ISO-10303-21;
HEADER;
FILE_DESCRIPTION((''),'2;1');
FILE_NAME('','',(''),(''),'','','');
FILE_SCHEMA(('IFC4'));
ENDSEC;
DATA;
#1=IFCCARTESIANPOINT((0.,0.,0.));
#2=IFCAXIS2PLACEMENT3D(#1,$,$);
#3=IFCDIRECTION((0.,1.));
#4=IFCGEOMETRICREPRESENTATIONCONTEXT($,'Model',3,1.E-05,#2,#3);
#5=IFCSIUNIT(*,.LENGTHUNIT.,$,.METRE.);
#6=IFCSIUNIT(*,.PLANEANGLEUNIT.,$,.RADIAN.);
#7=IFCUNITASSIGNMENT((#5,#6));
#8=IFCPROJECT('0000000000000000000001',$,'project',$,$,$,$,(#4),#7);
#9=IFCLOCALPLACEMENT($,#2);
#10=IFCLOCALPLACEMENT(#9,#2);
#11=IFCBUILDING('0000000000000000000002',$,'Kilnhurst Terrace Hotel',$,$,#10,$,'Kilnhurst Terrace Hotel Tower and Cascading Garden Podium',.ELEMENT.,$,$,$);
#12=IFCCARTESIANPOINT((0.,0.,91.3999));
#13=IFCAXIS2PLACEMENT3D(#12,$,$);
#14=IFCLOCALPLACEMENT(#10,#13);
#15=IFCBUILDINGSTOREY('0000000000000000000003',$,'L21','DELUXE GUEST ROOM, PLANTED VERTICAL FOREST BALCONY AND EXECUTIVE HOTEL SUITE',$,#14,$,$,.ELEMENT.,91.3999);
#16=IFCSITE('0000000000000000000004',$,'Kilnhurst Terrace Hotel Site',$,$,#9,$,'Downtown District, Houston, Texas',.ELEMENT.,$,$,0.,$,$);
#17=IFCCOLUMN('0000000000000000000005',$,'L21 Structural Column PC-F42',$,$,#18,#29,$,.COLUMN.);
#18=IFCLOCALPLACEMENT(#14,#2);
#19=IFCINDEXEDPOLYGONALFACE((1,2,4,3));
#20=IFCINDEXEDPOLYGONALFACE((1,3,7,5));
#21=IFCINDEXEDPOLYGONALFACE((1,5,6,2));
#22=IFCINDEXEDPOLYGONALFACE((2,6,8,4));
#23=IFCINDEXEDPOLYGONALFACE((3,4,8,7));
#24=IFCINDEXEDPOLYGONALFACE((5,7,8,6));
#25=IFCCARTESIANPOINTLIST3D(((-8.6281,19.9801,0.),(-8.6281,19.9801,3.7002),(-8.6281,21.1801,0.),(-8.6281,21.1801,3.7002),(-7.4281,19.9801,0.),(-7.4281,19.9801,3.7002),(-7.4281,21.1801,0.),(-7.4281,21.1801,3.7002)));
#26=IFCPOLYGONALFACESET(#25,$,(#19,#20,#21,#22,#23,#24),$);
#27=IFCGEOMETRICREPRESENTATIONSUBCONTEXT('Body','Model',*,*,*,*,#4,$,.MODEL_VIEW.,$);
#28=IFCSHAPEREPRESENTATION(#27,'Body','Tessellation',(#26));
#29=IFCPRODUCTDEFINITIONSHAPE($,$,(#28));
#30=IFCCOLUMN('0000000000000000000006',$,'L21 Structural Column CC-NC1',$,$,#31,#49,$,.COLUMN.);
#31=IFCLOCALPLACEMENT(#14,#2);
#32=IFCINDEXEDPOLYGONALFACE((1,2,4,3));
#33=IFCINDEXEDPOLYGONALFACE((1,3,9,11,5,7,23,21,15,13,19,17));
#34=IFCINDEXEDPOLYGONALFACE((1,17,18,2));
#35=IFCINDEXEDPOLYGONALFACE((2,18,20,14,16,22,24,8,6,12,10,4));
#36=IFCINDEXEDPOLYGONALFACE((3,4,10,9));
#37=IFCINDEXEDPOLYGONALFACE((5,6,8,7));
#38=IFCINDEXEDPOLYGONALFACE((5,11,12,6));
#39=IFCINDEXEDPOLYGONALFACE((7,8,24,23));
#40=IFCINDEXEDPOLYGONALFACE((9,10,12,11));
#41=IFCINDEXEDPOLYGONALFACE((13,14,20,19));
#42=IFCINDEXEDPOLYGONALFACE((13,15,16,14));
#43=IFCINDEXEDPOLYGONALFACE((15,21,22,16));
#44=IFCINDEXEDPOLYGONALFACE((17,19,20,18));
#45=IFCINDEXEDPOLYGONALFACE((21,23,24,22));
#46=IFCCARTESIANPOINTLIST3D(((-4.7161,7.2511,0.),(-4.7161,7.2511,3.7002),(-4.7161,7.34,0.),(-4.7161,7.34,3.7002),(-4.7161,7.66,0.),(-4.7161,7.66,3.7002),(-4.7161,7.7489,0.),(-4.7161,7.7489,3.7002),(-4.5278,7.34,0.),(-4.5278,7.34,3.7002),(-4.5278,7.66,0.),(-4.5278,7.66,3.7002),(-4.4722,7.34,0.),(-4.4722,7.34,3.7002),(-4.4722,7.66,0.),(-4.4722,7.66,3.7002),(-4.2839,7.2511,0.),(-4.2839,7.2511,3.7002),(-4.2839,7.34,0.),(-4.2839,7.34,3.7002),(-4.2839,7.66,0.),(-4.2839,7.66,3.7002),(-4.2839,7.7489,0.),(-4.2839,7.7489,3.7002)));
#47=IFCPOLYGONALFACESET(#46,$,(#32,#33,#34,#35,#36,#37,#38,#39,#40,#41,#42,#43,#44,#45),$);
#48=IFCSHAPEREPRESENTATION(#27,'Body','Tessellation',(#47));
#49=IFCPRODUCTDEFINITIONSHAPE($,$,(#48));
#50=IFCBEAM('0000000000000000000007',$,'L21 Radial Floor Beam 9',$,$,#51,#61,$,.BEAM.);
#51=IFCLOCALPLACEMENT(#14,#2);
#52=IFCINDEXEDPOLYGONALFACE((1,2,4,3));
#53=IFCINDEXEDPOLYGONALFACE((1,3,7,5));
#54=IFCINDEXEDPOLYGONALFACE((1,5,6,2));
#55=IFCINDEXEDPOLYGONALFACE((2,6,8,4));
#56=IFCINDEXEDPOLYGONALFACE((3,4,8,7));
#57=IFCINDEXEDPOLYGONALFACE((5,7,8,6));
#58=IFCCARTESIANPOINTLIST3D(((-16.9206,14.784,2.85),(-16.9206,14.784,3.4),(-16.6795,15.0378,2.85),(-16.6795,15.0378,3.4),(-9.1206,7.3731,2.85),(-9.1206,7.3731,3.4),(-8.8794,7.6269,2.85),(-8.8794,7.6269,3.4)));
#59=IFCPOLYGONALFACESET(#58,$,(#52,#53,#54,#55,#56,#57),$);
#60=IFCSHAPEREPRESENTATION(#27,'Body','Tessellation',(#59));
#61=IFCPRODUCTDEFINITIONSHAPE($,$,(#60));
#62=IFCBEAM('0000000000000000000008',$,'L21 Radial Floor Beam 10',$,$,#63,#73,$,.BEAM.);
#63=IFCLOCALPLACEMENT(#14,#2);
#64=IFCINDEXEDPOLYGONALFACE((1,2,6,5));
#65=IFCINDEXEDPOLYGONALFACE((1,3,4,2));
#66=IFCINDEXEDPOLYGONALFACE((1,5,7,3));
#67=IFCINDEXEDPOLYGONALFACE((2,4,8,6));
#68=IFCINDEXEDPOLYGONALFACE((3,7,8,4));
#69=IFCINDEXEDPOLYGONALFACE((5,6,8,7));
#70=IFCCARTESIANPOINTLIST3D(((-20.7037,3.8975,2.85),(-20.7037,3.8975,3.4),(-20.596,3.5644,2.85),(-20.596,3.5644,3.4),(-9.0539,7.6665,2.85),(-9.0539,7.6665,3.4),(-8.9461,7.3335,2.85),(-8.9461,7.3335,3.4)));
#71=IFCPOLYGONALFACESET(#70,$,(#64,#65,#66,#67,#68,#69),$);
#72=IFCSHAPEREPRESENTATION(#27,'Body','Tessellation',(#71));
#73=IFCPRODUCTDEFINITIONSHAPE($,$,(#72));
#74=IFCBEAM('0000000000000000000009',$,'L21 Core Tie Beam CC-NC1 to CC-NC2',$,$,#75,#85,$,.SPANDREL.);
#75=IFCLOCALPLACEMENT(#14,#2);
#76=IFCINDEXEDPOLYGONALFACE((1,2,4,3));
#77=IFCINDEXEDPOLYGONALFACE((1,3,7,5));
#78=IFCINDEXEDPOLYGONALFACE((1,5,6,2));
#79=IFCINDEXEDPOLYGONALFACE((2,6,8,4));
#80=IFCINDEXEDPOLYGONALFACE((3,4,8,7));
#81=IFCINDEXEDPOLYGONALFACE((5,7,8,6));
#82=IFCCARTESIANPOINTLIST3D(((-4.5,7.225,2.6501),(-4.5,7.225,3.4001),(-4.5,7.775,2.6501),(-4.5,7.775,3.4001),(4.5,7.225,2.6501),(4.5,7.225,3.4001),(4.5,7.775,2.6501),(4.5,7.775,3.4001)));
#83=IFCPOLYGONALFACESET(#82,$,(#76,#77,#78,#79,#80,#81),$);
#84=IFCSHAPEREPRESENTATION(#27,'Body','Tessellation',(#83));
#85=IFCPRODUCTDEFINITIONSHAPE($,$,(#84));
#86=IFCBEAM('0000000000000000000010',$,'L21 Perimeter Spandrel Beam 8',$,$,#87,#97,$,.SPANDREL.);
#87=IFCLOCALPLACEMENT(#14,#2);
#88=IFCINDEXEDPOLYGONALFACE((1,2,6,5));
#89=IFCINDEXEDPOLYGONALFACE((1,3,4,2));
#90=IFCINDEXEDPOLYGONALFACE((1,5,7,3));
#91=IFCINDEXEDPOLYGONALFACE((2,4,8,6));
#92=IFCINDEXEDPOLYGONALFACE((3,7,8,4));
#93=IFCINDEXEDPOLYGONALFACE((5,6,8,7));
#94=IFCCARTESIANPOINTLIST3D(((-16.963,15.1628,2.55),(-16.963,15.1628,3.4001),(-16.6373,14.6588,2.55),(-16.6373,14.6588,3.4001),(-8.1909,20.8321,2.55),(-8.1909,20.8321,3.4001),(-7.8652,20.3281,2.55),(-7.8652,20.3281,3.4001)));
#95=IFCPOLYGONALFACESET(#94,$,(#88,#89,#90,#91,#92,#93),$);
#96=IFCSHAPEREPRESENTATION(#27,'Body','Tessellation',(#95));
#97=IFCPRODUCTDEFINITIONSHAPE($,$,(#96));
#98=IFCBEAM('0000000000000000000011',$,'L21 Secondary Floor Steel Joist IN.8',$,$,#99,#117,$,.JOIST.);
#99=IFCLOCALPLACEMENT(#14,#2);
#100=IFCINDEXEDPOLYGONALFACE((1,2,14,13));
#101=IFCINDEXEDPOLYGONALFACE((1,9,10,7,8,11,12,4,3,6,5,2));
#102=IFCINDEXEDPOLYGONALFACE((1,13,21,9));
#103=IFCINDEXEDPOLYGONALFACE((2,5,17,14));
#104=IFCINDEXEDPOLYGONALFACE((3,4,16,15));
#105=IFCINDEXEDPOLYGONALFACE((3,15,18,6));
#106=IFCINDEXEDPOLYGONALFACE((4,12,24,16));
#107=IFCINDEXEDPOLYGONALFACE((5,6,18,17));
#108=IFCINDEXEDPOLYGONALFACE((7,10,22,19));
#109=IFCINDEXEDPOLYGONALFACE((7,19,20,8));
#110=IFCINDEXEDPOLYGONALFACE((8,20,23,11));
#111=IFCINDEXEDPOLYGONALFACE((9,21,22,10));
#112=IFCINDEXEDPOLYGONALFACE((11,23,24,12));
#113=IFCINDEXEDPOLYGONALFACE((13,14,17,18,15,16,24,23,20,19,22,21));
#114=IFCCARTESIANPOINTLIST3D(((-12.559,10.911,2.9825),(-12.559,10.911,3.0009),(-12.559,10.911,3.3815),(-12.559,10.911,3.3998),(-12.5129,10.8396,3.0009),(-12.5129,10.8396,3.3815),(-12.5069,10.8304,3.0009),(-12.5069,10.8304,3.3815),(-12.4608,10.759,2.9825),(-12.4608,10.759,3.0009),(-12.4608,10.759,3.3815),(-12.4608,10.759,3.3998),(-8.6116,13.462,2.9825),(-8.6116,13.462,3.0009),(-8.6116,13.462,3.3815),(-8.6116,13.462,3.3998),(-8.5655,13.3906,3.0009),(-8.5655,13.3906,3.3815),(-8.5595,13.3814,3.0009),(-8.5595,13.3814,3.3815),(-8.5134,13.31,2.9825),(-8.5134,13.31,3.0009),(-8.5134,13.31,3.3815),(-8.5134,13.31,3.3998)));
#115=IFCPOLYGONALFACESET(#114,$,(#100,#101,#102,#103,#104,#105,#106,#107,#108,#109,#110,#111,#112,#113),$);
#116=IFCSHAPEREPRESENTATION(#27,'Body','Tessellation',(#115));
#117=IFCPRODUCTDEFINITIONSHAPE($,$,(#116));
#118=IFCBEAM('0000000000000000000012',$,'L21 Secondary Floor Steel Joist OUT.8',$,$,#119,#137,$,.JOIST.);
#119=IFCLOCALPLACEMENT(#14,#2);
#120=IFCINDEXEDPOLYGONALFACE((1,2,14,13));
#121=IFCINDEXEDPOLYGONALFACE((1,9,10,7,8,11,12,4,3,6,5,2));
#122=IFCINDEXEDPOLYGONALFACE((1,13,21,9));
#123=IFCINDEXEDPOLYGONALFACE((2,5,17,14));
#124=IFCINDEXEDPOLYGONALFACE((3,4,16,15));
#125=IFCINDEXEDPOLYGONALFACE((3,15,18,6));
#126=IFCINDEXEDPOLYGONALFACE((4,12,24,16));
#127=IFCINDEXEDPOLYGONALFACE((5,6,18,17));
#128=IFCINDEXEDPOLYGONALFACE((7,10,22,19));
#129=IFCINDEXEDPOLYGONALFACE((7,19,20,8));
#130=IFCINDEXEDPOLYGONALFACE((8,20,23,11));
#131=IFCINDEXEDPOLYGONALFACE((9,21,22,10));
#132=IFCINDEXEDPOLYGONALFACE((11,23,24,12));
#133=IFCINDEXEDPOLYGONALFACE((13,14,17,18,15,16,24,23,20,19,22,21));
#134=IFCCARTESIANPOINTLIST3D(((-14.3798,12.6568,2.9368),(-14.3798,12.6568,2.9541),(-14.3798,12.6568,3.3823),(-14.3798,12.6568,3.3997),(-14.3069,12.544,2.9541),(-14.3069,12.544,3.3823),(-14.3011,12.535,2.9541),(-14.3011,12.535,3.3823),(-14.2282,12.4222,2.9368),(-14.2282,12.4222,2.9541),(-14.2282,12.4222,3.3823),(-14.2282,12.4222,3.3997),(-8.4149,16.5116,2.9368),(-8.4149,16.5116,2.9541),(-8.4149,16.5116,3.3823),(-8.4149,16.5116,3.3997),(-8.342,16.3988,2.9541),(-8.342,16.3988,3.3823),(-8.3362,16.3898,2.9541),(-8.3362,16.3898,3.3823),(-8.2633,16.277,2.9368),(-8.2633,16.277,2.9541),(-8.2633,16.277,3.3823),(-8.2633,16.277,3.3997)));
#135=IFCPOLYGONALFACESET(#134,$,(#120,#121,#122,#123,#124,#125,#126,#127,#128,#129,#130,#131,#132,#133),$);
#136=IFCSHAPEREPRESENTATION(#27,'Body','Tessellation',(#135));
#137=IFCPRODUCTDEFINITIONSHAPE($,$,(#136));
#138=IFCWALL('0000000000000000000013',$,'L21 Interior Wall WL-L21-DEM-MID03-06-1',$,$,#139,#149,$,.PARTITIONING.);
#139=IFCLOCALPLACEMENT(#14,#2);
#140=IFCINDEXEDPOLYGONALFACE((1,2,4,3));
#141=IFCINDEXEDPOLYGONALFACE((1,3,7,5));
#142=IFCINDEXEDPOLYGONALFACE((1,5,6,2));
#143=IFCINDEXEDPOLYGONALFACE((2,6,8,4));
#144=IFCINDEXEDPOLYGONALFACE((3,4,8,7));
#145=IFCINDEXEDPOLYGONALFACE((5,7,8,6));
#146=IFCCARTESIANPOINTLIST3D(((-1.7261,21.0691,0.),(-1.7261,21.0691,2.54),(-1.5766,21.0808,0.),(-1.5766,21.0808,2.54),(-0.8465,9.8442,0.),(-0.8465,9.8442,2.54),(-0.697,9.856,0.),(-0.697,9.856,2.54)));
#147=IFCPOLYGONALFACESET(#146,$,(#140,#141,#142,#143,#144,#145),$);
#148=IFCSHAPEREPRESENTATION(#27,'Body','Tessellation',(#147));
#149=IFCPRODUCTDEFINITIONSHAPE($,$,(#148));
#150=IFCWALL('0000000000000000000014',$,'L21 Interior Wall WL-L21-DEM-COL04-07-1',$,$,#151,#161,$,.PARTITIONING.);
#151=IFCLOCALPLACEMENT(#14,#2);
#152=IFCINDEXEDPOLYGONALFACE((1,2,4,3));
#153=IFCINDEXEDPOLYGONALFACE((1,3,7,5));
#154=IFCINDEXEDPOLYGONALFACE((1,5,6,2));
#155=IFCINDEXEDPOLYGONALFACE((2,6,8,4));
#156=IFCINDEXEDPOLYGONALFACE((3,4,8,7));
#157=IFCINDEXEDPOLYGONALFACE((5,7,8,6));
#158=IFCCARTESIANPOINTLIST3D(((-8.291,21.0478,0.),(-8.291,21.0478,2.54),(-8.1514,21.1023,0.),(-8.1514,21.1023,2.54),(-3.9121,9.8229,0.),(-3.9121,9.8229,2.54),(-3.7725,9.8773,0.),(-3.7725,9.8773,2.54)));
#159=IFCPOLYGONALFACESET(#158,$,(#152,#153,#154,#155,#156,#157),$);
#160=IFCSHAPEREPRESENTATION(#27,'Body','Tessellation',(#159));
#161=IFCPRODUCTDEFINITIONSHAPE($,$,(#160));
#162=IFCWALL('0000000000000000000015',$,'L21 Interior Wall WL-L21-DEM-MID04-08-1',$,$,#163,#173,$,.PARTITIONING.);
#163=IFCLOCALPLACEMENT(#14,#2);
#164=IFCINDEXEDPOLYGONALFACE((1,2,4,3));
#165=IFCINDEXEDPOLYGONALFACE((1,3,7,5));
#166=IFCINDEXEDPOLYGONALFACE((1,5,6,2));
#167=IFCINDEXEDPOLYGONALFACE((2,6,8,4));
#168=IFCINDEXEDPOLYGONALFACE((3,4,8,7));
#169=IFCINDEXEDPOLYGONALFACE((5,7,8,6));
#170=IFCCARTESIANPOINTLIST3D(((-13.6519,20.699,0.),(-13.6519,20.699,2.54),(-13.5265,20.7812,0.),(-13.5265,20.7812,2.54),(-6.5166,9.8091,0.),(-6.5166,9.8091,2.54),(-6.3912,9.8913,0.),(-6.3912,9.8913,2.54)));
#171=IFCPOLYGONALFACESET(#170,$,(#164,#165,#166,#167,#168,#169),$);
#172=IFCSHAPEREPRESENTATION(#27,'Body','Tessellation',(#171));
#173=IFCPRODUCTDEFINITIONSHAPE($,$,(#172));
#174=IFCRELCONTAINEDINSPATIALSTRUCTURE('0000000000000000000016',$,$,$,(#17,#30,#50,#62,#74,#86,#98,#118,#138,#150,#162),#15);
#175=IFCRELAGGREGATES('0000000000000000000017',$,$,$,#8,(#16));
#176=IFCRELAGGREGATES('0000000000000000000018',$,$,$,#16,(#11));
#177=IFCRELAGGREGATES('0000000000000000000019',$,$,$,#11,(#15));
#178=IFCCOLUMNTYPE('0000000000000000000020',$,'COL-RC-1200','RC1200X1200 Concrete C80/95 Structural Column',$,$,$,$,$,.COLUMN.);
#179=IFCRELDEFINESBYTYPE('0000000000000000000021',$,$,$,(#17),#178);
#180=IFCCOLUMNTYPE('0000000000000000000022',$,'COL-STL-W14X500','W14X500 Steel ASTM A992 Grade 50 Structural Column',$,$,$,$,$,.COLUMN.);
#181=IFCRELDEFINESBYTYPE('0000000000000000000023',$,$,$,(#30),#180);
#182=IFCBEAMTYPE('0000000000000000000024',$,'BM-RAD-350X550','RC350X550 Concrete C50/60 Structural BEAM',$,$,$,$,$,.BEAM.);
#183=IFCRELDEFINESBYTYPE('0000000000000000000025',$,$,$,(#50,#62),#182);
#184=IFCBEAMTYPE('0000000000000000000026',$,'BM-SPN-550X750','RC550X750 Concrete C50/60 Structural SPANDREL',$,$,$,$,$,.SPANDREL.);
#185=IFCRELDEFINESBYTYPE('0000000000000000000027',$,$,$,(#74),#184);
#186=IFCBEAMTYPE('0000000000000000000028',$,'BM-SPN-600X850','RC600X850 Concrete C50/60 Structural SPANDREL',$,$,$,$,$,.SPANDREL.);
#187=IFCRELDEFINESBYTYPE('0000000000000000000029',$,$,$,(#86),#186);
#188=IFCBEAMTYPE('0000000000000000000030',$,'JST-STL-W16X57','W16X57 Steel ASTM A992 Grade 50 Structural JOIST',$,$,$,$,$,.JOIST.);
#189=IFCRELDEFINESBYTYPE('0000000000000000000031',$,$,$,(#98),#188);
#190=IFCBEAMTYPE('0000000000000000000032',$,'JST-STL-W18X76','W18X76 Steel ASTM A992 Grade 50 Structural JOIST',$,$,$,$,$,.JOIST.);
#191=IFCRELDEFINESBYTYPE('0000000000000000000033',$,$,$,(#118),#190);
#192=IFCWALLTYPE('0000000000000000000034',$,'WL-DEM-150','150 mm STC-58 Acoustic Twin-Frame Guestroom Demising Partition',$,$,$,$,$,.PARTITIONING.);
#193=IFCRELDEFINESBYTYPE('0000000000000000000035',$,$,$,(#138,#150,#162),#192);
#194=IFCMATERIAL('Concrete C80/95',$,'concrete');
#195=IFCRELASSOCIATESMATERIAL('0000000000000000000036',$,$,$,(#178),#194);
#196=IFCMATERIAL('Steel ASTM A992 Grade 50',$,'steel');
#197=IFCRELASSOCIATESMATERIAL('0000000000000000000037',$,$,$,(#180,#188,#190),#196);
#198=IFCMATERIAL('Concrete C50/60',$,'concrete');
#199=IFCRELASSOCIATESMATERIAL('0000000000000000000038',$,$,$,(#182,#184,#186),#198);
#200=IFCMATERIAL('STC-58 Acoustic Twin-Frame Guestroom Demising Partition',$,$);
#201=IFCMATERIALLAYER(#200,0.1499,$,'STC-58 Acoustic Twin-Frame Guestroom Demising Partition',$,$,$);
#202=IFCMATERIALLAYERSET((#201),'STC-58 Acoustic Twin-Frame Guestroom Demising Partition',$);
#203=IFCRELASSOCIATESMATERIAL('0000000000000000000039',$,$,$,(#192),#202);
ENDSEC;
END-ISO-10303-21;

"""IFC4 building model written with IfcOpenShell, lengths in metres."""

from ifc_helpers import new_model, si_unit, direction, frame, frame_2d, origin, origin_2d, place, context, subcontext, project, spatial, rectangle, i_section, extrude, material, layer, layer_set, material_profile, profile_set, type_object, element, save


model = new_model("IFC4")

# Units and contexts
model_context = context("Model", 3, precision=1e-05, world=origin(), true_north=direction((0.0, 1.0)))
body_context = subcontext(model_context, "Body", "Model", "MODEL_VIEW")
ifc_project = project(units=[si_unit("LENGTHUNIT", "METRE"), si_unit("PLANEANGLEUNIT", "RADIAN")], contexts=[model_context])

# Site, building, storey
site_placement = place(None, origin())
site = spatial("IfcSite", under=ifc_project, at=site_placement, Name="Kilnhurst Terrace Hotel Site", LongName="Downtown District, Houston, Texas", CompositionType="ELEMENT", RefElevation=0.0)
building_placement = place(site_placement, origin())
building = spatial("IfcBuilding", under=site, at=building_placement, Name="Kilnhurst Terrace Hotel", LongName="Kilnhurst Terrace Hotel Tower and Cascading Garden Podium", CompositionType="ELEMENT")
storey_placement = place(building_placement, frame((0.0, 0.0, 91.3999)))
storey = spatial("IfcBuildingStorey", under=building, at=storey_placement, Name="L21", Description="DELUXE GUEST ROOM, PLANTED VERTICAL FOREST BALCONY AND EXECUTIVE HOTEL SUITE", CompositionType="ELEMENT", Elevation=91.3999)

# Columns
ifc_material_1 = material(Name="Concrete C80/95", Category="concrete")
ifc_material_profile_1 = material_profile(ifc_material_1, rectangle(XDim=1.2, YDim=1.2, at=origin_2d()), Name="RC1200X1200")
ifc_profile_set_1 = profile_set([ifc_material_profile_1], Name="Concrete C80/95")
column_type_1 = type_object("IfcColumnType", Name="COL-RC-1200", Description="RC1200X1200 Concrete C80/95 Structural Column", PredefinedType="COLUMN", material=ifc_profile_set_1)
column_1_placement = place(storey_placement, frame((-8.0281, 20.5801, 0.0), z_axis=(0.0, 0.0, 1.0), x_axis=(1.0, 0.0, 0.0)))
element("IfcColumn", 1, at=column_1_placement, inside=storey, type_object=column_type_1, Name="L21 Structural Column PC-F42", PredefinedType="COLUMN", context=body_context, shape_type="SweptSolid", body=[
    extrude(rectangle(XDim=1.2, YDim=1.2, at=origin_2d()), origin(), (0.0, 0.0, 1.0), 3.7002),
])
ifc_material_2 = material(Name="Steel ASTM A992 Grade 50", Category="steel")
ifc_material_profile_2 = material_profile(ifc_material_2, i_section(OverallWidth=0.4321, OverallDepth=0.4978, WebThickness=0.0557, FlangeThickness=0.0889, at=origin_2d()), Name="W14X500")
ifc_profile_set_2 = profile_set([ifc_material_profile_2], Name="Steel ASTM A992 Grade 50")
column_type_2 = type_object("IfcColumnType", Name="COL-STL-W14X500", Description="W14X500 Steel ASTM A992 Grade 50 Structural Column", PredefinedType="COLUMN", material=ifc_profile_set_2)
column_2_placement = place(storey_placement, frame((-4.5, 7.5, 0.0), z_axis=(0.0, 0.0, 1.0), x_axis=(1.0, 0.0, 0.0)))
element("IfcColumn", 2, at=column_2_placement, inside=storey, type_object=column_type_2, Name="L21 Structural Column CC-NC1", PredefinedType="COLUMN", context=body_context, shape_type="SweptSolid", body=[
    extrude(i_section(OverallWidth=0.4321, OverallDepth=0.4978, WebThickness=0.0557, FlangeThickness=0.0889, at=origin_2d()), origin(), (0.0, 0.0, 1.0), 3.7002),
])

# Beams
ifc_material_3 = material(Name="Concrete C50/60", Category="concrete")
ifc_material_profile_3 = material_profile(ifc_material_3, rectangle(XDim=0.3501, YDim=0.55, at=origin_2d()), Name="RC350X550")
ifc_profile_set_3 = profile_set([ifc_material_profile_3], Name="Concrete C50/60")
beam_type_1 = type_object("IfcBeamType", Name="BM-RAD-350X550", Description="RC350X550 Concrete C50/60 Structural BEAM", PredefinedType="BEAM", material=ifc_profile_set_3)
beam_1_placement = place(storey_placement, frame((-9.0, 7.5, 3.125), z_axis=(-0.72496, 0.688791, 0.0), x_axis=(-0.688791, -0.72496, 0.0)))
element("IfcBeam", 3, at=beam_1_placement, inside=storey, type_object=beam_type_1, Name="L21 Radial Floor Beam 9", PredefinedType="BEAM", context=body_context, shape_type="SweptSolid", body=[
    extrude(rectangle(XDim=0.3501, YDim=0.55, at=origin_2d()), origin(), (0.0, 0.0, 1.0), 10.7593),
])
beam_2_placement = place(storey_placement, frame((-9.0, 7.5, 3.125), z_axis=(-0.951446, -0.307817, 0.0), x_axis=(0.307817, -0.951446, 0.0)))
element("IfcBeam", 4, at=beam_2_placement, inside=storey, type_object=beam_type_1, Name="L21 Radial Floor Beam 10", PredefinedType="BEAM", context=body_context, shape_type="SweptSolid", body=[
    extrude(rectangle(XDim=0.3501, YDim=0.55, at=origin_2d()), origin(), (0.0, 0.0, 1.0), 12.2444),
])
ifc_material_profile_4 = material_profile(ifc_material_3, rectangle(XDim=0.55, YDim=0.75, at=origin_2d()), Name="RC550X750")
ifc_profile_set_4 = profile_set([ifc_material_profile_4], Name="Concrete C50/60")
beam_type_2 = type_object("IfcBeamType", Name="BM-SPN-550X750", Description="RC550X750 Concrete C50/60 Structural SPANDREL", PredefinedType="SPANDREL", material=ifc_profile_set_4)
beam_3_placement = place(storey_placement, frame((-4.5, 7.5, 3.0251), z_axis=(1.0, 0.0, 0.0), x_axis=(0.0, 1.0, 0.0)))
element("IfcBeam", 5, at=beam_3_placement, inside=storey, type_object=beam_type_2, Name="L21 Core Tie Beam CC-NC1 to CC-NC2", PredefinedType="SPANDREL", context=body_context, shape_type="SweptSolid", body=[
    extrude(rectangle(XDim=0.55, YDim=0.75, at=origin_2d()), origin(), (0.0, 0.0, 1.0), 9.0),
])
ifc_material_profile_5 = material_profile(ifc_material_3, rectangle(XDim=0.6001, YDim=0.8501, at=origin_2d()), Name="RC600X850")
ifc_profile_set_5 = profile_set([ifc_material_profile_5], Name="Concrete C50/60")
beam_type_3 = type_object("IfcBeamType", Name="BM-SPN-600X850", Description="RC600X850 Concrete C50/60 Structural SPANDREL", PredefinedType="SPANDREL", material=ifc_profile_set_5)
beam_4_placement = place(storey_placement, frame((-8.0281, 20.5801, 2.9751), z_axis=(-0.839867, -0.542793, 0.0), x_axis=(0.542793, -0.839867, 0.0)))
element("IfcBeam", 6, at=beam_4_placement, inside=storey, type_object=beam_type_3, Name="L21 Perimeter Spandrel Beam 8", PredefinedType="SPANDREL", context=body_context, shape_type="SweptSolid", body=[
    extrude(rectangle(XDim=0.6001, YDim=0.8501, at=origin_2d()), origin(), (0.0, 0.0, 1.0), 10.4446),
])
ifc_material_profile_6 = material_profile(ifc_material_2, i_section(OverallWidth=0.1809, OverallDepth=0.4172, WebThickness=0.011, FlangeThickness=0.0183, at=origin_2d()), Name="W16X57")
ifc_profile_set_6 = profile_set([ifc_material_profile_6], Name="Steel ASTM A992 Grade 50")
beam_type_4 = type_object("IfcBeamType", Name="JST-STL-W16X57", Description="W16X57 Steel ASTM A992 Grade 50 Structural JOIST", PredefinedType="JOIST", material=ifc_profile_set_6)
beam_5_placement = place(storey_placement, frame((-8.5625, 13.386, 3.1912), z_axis=(-0.839885, -0.542764, 0.0), x_axis=(0.542764, -0.839885, 0.0)))
element("IfcBeam", 7, at=beam_5_placement, inside=storey, type_object=beam_type_4, Name="L21 Secondary Floor Steel Joist IN.8", PredefinedType="JOIST", context=body_context, shape_type="SweptSolid", body=[
    extrude(i_section(OverallWidth=0.1809, OverallDepth=0.4172, WebThickness=0.011, FlangeThickness=0.0183, at=origin_2d()), origin(), (0.0, 0.0, 1.0), 4.7),
])
ifc_material_profile_7 = material_profile(ifc_material_2, i_section(OverallWidth=0.2793, OverallDepth=0.4629, WebThickness=0.0107, FlangeThickness=0.0173, at=origin_2d()), Name="W18X76")
ifc_profile_set_7 = profile_set([ifc_material_profile_7], Name="Steel ASTM A992 Grade 50")
beam_type_5 = type_object("IfcBeamType", Name="JST-STL-W18X76", Description="W18X76 Steel ASTM A992 Grade 50 Structural JOIST", PredefinedType="JOIST", material=ifc_profile_set_7)
beam_6_placement = place(storey_placement, frame((-8.3391, 16.3943, 3.1682), z_axis=(-0.839883, -0.542768, 0.0), x_axis=(0.542768, -0.839883, 0.0)))
element("IfcBeam", 8, at=beam_6_placement, inside=storey, type_object=beam_type_5, Name="L21 Secondary Floor Steel Joist OUT.8", PredefinedType="JOIST", context=body_context, shape_type="SweptSolid", body=[
    extrude(i_section(OverallWidth=0.2793, OverallDepth=0.4629, WebThickness=0.0107, FlangeThickness=0.0173, at=origin_2d()), origin(), (0.0, 0.0, 1.0), 7.1021),
])

# Walls
ifc_material_4 = material(Name="STC-58 Acoustic Twin-Frame Guestroom Demising Partition")
ifc_layer_1 = layer(ifc_material_4, 0.1499, Name="STC-58 Acoustic Twin-Frame Guestroom Demising Partition")
ifc_layer_set_1 = layer_set([ifc_layer_1], Name="STC-58 Acoustic Twin-Frame Guestroom Demising Partition")
wall_type_1 = type_object("IfcWallType", Name="WL-DEM-150", Description="150 mm STC-58 Acoustic Twin-Frame Guestroom Demising Partition", PredefinedType="PARTITIONING", material=ifc_layer_set_1)
wall_1_placement = place(storey_placement, frame((-0.7717, 9.8501, 0.0), z_axis=(0.0, 0.0, 1.0), x_axis=(-0.078126, 0.996944, 0.0)))
element("IfcWall", 9, at=wall_1_placement, inside=storey, type_object=wall_type_1, Name="L21 Interior Wall WL-L21-DEM-MID03-06-1", PredefinedType="PARTITIONING", context=body_context, shape_type="SweptSolid", body=[
    extrude(rectangle(XDim=11.2593, YDim=0.1499, at=frame_2d((5.6296, 0.0))), origin(), (0.0, 0.0, 1.0), 2.54),
])
wall_2_placement = place(storey_placement, frame((-3.8423, 9.8501, 0.0), z_axis=(0.0, 0.0, 1.0), x_axis=(-0.363433, 0.93162, 0.0)))
element("IfcWall", 10, at=wall_2_placement, inside=storey, type_object=wall_type_1, Name="L21 Interior Wall WL-L21-DEM-COL04-07-1", PredefinedType="PARTITIONING", context=body_context, shape_type="SweptSolid", body=[
    extrude(rectangle(XDim=12.0488, YDim=0.1499, at=frame_2d((6.0244, 0.0))), origin(), (0.0, 0.0, 1.0), 2.54),
])
wall_3_placement = place(storey_placement, frame((-6.4539, 9.8501, 0.0), z_axis=(0.0, 0.0, 1.0), x_axis=(-0.548053, 0.836444, 0.0)))
element("IfcWall", 11, at=wall_3_placement, inside=storey, type_object=wall_type_1, Name="L21 Interior Wall WL-L21-DEM-MID04-08-1", PredefinedType="PARTITIONING", context=body_context, shape_type="SweptSolid", body=[
    extrude(rectangle(XDim=13.0193, YDim=0.1499, at=frame_2d((6.5098, 0.0))), origin(), (0.0, 0.0, 1.0), 2.54),
])

save(model, "model.ifc")
